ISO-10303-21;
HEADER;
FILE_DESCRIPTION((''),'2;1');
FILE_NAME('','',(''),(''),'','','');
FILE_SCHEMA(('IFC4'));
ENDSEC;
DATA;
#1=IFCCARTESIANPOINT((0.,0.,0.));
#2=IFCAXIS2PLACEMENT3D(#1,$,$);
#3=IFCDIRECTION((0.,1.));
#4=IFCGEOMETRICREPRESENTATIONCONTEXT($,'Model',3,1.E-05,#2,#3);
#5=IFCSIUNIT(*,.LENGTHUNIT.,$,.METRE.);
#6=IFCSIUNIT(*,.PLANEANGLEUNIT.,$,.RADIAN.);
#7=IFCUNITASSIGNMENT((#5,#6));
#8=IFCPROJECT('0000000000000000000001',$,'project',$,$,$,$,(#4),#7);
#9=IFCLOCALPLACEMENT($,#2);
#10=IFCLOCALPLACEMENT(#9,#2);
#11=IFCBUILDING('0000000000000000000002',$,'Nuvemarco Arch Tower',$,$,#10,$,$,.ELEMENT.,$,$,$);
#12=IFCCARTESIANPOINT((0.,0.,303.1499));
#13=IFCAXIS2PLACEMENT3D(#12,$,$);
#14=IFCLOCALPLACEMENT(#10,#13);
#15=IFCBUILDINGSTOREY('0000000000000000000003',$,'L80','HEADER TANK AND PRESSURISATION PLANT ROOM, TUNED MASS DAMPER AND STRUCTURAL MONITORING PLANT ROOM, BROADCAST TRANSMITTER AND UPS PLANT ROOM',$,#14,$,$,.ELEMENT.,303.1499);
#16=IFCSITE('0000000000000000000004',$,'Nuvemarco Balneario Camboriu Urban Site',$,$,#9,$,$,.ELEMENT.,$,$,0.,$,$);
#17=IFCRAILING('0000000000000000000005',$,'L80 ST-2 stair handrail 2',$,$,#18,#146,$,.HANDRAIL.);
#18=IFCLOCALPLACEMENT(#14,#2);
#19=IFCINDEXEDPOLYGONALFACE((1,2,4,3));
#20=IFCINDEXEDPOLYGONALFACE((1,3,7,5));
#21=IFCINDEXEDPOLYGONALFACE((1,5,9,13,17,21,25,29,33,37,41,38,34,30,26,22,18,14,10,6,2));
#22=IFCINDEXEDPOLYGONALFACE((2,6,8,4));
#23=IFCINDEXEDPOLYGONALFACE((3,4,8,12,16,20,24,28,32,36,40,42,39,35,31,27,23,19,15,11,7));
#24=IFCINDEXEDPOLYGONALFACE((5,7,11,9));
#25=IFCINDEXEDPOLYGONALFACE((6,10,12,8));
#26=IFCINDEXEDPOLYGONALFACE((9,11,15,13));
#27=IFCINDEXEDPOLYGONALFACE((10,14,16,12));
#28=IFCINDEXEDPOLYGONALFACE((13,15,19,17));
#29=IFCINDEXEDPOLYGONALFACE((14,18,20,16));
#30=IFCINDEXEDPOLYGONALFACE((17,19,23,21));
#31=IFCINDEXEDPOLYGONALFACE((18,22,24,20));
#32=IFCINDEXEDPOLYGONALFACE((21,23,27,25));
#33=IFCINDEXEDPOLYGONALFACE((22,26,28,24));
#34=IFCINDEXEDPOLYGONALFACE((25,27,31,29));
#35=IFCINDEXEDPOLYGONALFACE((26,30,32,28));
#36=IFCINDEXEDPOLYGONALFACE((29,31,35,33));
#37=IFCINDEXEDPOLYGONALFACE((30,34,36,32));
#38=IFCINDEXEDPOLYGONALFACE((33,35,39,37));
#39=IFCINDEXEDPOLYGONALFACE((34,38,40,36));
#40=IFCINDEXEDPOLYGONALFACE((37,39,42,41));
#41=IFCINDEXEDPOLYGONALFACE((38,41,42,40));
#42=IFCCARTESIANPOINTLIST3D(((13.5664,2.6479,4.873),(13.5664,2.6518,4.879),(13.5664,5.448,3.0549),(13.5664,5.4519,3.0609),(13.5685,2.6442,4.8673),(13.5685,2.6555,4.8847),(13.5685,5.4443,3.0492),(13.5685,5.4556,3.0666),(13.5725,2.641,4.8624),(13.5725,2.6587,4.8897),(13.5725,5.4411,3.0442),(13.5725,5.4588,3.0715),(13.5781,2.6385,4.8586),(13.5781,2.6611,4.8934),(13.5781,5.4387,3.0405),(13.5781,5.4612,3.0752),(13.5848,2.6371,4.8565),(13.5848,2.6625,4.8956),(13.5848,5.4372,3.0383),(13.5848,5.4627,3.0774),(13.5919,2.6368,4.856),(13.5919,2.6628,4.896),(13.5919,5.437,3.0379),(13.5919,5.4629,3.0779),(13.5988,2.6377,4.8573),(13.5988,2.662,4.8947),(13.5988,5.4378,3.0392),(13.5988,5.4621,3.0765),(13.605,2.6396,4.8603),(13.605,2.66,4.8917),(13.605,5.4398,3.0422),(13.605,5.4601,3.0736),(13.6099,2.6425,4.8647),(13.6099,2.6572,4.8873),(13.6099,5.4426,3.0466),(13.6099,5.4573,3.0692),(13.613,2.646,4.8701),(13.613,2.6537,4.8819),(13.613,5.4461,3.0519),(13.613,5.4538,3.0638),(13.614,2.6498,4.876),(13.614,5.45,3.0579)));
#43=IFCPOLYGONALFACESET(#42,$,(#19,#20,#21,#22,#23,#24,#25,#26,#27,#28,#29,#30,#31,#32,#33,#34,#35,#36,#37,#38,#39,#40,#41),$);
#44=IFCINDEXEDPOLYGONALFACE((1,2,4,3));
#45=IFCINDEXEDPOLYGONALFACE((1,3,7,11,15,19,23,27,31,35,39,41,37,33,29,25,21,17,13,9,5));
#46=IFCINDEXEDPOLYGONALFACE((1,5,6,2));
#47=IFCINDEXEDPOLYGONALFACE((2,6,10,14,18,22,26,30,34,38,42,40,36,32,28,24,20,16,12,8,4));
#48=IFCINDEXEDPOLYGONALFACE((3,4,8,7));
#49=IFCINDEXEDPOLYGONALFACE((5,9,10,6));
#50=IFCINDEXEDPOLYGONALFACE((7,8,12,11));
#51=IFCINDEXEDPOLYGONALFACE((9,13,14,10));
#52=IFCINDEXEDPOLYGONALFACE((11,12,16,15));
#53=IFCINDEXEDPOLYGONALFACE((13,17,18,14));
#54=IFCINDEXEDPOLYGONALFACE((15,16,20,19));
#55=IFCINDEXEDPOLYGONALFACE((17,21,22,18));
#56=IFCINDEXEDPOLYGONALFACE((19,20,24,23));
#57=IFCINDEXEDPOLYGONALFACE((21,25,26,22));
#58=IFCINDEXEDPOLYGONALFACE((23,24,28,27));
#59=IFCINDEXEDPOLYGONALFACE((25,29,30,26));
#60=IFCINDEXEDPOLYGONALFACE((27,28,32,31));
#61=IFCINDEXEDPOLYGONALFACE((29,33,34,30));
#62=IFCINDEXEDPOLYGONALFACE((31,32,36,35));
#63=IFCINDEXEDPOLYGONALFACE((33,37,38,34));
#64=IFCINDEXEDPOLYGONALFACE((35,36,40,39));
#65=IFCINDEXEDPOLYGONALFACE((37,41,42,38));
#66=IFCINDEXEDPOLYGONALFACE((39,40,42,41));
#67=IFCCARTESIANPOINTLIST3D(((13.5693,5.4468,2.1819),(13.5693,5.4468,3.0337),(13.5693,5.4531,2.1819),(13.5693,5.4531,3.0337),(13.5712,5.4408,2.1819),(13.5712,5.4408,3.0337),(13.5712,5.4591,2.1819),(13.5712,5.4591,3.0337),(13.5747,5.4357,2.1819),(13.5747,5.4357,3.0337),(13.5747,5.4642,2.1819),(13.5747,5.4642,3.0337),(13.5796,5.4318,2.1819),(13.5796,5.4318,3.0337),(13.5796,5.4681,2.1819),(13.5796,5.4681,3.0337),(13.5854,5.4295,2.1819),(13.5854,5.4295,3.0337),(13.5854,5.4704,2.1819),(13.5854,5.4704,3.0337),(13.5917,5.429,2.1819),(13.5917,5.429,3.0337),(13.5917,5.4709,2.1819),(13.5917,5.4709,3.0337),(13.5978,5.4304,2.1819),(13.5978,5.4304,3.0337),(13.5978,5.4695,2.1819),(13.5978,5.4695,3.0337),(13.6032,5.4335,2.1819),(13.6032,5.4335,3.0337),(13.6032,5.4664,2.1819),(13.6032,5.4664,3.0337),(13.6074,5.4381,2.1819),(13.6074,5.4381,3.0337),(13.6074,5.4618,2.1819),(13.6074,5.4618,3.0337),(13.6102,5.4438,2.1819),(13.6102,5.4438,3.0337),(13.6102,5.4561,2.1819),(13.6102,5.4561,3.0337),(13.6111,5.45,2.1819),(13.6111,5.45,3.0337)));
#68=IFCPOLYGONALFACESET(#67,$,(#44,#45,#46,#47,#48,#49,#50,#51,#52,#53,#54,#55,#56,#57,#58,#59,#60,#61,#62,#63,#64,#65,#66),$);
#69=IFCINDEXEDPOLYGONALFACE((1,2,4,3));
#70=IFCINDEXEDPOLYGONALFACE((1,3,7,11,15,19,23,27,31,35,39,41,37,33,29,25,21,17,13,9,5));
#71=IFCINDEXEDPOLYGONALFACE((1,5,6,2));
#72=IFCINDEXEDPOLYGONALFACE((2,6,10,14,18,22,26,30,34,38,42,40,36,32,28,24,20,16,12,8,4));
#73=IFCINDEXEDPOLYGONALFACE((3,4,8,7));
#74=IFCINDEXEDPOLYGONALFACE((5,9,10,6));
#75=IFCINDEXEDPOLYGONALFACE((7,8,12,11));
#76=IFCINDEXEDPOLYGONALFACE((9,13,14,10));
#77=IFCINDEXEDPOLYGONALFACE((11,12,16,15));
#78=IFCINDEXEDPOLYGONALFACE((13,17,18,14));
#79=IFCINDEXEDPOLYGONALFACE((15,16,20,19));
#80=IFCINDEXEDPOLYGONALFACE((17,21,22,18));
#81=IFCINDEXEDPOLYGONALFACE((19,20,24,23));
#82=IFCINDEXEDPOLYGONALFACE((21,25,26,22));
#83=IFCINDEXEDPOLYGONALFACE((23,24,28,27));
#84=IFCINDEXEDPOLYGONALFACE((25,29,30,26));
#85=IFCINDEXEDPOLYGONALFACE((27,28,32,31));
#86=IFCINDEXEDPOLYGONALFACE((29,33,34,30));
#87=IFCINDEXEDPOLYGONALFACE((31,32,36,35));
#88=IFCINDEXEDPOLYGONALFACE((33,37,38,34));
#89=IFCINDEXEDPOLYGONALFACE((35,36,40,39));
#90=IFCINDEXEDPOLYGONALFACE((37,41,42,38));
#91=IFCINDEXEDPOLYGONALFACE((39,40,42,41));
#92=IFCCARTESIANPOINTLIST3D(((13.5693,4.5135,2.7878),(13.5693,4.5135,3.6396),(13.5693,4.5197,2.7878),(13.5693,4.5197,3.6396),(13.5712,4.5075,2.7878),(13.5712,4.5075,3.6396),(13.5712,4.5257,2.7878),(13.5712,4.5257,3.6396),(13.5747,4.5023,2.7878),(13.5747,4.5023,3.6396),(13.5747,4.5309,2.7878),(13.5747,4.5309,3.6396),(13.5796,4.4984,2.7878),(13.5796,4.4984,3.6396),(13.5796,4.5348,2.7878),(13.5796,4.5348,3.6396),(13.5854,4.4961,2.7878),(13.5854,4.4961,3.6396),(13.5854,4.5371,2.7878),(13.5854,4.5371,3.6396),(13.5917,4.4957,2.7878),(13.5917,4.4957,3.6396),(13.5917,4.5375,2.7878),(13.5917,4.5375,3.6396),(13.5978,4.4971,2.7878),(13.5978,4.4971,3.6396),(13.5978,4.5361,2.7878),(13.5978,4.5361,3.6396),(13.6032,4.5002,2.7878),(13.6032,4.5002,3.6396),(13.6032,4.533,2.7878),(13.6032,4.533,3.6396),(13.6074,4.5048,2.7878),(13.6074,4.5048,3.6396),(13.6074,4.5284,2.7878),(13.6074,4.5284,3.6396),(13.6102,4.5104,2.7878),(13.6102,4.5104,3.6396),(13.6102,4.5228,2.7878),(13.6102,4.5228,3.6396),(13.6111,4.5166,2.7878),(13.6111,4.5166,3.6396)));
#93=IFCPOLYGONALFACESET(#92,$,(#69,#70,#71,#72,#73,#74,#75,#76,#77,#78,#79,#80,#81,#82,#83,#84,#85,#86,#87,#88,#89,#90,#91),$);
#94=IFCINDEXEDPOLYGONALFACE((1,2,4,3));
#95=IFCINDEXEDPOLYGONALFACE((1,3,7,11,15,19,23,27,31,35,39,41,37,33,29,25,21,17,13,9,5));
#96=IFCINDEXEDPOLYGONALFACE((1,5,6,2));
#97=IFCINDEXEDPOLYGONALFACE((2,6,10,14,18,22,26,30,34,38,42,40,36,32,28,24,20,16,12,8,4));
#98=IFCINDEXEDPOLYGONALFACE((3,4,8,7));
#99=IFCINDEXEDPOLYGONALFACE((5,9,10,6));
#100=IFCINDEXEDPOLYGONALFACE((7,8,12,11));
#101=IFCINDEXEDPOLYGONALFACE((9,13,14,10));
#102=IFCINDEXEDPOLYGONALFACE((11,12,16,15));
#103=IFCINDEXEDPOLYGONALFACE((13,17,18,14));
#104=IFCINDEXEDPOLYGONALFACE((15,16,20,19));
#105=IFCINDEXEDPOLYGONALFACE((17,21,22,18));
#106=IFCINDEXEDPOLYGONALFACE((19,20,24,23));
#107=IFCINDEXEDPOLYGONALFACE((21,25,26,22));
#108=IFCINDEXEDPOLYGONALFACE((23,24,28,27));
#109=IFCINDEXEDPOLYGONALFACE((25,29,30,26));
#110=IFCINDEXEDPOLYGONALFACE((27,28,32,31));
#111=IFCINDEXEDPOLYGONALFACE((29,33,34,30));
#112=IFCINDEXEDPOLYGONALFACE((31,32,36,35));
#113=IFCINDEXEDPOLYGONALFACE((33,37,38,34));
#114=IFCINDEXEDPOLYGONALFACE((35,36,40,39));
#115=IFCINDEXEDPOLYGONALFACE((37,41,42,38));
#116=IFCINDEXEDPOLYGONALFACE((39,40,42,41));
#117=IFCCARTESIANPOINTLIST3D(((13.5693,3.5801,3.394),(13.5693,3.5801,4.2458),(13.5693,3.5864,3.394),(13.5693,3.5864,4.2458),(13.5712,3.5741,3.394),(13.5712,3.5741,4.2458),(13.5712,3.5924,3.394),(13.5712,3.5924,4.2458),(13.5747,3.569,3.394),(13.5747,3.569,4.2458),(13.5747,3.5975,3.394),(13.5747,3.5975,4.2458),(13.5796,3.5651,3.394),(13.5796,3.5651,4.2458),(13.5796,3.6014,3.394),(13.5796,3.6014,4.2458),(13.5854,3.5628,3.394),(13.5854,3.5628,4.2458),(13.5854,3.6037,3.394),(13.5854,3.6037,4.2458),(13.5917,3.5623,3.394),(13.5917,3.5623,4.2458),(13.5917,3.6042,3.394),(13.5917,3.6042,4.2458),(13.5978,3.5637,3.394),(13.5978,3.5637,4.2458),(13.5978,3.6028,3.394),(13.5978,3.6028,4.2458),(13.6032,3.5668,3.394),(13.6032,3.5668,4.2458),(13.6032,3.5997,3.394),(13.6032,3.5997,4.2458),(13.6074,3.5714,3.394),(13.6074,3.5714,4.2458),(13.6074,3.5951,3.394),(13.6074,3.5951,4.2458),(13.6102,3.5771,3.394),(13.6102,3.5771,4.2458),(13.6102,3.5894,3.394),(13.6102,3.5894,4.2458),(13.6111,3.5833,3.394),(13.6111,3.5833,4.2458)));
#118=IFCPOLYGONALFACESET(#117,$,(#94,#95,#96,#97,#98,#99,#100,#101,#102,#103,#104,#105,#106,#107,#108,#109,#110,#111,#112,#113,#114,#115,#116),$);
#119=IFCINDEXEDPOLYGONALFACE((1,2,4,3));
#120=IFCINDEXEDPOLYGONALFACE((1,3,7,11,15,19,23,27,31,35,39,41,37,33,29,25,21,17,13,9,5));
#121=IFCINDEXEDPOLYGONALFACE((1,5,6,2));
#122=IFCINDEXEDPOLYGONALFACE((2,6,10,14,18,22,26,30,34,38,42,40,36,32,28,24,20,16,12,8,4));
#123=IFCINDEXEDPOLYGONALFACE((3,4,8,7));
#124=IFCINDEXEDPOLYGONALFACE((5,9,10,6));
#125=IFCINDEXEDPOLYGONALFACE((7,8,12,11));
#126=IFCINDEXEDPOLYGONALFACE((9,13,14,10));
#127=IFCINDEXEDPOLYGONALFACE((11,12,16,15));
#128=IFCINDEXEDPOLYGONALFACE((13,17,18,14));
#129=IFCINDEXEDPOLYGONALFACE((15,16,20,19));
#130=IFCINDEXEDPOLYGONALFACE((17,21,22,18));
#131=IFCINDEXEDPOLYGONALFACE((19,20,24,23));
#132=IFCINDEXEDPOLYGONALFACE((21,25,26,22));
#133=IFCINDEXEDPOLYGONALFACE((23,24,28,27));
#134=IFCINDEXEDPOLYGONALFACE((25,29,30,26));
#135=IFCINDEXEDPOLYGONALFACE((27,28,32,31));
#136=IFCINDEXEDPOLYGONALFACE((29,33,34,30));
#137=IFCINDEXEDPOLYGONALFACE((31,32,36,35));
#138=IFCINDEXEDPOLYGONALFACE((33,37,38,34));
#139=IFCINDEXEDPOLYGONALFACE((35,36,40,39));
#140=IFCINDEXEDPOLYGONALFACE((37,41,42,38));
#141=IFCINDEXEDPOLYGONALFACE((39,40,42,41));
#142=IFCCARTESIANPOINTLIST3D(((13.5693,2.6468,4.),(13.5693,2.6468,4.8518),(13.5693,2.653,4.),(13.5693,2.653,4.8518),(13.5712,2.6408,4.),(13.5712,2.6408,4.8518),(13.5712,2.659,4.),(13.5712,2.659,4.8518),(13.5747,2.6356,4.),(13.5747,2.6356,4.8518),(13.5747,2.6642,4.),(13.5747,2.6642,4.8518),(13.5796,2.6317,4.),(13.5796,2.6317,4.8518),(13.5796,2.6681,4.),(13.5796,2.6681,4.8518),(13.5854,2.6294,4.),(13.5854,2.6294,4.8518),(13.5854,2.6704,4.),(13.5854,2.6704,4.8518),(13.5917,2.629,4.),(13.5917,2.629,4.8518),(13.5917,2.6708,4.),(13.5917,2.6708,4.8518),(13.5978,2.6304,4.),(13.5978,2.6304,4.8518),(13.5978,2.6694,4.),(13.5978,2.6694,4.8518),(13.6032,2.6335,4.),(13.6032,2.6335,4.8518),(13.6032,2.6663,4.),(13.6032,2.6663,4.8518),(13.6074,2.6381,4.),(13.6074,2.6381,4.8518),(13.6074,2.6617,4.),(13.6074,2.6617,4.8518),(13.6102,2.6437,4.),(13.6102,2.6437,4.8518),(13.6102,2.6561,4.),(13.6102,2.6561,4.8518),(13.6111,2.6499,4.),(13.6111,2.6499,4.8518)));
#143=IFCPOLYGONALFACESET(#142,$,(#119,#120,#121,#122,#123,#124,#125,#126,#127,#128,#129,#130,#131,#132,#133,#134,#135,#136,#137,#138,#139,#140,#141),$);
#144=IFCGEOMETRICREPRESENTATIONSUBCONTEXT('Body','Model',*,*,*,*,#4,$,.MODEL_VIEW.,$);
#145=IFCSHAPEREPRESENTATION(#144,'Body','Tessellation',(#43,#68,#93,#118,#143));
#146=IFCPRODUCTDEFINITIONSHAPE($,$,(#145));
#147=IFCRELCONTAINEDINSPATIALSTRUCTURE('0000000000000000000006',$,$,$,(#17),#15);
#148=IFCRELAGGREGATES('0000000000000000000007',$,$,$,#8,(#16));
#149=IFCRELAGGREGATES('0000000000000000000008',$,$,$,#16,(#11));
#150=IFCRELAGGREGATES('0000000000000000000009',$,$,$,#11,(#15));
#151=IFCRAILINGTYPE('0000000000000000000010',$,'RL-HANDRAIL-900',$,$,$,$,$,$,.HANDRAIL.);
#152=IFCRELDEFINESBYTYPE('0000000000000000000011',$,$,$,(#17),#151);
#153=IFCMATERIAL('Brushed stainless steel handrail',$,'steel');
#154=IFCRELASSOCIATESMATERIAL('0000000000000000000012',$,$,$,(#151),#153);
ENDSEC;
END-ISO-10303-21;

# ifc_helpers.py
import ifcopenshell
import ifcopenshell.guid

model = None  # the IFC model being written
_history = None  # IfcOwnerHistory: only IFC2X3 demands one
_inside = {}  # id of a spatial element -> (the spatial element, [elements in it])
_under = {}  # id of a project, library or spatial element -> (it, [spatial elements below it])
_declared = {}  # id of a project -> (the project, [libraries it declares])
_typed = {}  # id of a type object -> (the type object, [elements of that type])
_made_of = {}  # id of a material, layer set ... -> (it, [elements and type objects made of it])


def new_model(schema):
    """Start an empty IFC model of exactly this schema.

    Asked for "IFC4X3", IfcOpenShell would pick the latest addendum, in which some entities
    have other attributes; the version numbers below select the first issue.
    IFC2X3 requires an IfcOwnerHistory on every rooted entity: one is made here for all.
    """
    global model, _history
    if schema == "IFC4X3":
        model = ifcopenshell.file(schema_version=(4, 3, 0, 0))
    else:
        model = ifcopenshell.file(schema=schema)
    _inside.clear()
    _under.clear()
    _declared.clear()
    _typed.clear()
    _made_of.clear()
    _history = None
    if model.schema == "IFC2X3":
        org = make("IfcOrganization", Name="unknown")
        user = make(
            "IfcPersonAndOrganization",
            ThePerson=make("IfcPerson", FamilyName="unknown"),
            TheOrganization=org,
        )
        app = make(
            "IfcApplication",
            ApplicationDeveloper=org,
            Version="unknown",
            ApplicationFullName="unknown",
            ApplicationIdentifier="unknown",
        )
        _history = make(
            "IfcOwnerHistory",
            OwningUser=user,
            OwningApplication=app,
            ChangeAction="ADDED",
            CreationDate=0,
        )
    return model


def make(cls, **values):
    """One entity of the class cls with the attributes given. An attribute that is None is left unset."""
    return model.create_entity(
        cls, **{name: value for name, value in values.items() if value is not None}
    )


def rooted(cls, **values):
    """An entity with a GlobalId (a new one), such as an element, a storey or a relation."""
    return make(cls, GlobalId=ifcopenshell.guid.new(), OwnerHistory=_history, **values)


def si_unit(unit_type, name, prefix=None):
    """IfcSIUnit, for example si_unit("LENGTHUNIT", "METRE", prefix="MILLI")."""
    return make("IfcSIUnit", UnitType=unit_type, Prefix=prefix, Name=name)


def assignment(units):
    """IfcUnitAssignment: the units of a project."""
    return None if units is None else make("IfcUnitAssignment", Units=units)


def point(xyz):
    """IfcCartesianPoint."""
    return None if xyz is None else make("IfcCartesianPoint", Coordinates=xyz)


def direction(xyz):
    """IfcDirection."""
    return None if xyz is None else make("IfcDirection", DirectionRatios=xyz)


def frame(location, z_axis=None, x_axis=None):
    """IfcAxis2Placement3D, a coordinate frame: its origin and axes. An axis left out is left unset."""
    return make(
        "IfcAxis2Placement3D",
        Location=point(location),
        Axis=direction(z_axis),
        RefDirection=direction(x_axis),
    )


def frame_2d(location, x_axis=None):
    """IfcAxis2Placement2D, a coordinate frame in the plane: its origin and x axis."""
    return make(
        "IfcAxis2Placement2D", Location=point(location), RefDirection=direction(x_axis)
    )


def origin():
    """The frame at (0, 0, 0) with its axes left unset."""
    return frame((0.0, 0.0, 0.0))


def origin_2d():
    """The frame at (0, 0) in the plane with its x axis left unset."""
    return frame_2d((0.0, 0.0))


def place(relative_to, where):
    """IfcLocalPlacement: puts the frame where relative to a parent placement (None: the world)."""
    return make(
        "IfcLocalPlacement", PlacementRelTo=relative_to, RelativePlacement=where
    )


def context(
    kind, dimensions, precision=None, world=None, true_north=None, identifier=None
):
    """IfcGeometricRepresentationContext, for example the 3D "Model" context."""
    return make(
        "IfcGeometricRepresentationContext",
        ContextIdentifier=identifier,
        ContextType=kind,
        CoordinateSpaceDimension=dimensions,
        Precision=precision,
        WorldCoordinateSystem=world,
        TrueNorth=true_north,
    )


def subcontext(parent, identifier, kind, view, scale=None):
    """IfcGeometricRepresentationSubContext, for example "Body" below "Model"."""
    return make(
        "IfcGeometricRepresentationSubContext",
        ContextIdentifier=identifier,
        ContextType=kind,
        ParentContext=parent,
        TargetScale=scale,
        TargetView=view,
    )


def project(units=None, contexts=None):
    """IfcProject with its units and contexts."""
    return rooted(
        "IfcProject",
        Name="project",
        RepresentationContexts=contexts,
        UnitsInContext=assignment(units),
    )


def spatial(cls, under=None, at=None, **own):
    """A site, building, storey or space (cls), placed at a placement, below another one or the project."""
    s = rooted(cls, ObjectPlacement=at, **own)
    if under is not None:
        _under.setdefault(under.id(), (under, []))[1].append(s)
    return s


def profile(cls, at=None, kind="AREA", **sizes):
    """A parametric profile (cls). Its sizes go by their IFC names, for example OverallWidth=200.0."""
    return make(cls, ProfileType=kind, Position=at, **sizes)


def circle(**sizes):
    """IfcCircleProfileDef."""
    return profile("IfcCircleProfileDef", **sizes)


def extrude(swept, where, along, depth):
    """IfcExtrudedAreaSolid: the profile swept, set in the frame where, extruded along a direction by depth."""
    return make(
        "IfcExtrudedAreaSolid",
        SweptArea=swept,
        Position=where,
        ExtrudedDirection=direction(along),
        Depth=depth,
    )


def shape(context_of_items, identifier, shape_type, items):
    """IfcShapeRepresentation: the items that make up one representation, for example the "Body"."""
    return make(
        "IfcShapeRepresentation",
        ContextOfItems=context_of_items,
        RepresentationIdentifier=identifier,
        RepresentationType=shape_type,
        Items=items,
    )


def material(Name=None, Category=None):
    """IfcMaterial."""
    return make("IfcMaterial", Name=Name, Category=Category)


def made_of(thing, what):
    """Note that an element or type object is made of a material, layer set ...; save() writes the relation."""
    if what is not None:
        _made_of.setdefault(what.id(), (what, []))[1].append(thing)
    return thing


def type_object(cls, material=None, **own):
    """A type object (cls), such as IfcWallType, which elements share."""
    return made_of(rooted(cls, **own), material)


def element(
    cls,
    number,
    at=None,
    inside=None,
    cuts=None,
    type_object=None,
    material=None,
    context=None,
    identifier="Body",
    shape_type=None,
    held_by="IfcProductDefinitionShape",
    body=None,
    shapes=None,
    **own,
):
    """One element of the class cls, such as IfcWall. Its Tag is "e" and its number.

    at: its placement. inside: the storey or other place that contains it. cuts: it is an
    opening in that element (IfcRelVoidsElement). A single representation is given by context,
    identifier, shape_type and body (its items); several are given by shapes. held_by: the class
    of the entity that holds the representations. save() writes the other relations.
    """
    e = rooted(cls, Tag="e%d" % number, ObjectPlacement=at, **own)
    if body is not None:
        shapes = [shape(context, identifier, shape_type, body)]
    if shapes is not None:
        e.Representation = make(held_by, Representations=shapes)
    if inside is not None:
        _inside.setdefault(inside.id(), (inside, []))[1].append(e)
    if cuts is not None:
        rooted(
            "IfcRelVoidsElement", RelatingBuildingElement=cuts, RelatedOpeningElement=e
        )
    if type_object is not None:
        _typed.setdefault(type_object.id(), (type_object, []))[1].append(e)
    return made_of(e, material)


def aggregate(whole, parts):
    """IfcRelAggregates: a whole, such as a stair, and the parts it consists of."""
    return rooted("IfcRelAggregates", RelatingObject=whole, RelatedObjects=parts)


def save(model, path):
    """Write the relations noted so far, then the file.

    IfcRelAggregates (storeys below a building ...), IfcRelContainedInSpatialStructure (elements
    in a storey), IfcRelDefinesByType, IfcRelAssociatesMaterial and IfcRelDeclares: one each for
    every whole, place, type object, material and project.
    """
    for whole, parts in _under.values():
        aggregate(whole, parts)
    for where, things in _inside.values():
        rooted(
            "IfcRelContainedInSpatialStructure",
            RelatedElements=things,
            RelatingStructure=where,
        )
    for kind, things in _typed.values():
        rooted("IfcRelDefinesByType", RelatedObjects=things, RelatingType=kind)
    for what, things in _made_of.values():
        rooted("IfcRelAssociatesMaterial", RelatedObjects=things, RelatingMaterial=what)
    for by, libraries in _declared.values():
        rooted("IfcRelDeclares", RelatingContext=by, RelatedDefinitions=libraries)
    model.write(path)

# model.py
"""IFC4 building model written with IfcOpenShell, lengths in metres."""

from ifc_helpers import new_model, si_unit, direction, frame, origin, origin_2d, place, context, subcontext, project, spatial, circle, extrude, material, type_object, element, save


model = new_model("IFC4")

# Units and contexts
model_context = context("Model", 3, precision=1e-05, world=origin(), true_north=direction((0.0, 1.0)))
body_context = subcontext(model_context, "Body", "Model", "MODEL_VIEW")
ifc_project = project(units=[si_unit("LENGTHUNIT", "METRE"), si_unit("PLANEANGLEUNIT", "RADIAN")], contexts=[model_context])

# Site, building, storey
site_placement = place(None, origin())
site = spatial("IfcSite", under=ifc_project, at=site_placement, Name="Nuvemarco Balneario Camboriu Urban Site", CompositionType="ELEMENT", RefElevation=0.0)
building_placement = place(site_placement, origin())
building = spatial("IfcBuilding", under=site, at=building_placement, Name="Nuvemarco Arch Tower", CompositionType="ELEMENT")
storey_placement = place(building_placement, frame((0.0, 0.0, 303.1499)))
storey = spatial("IfcBuildingStorey", under=building, at=storey_placement, Name="L80", Description="HEADER TANK AND PRESSURISATION PLANT ROOM, TUNED MASS DAMPER AND STRUCTURAL MONITORING PLANT ROOM, BROADCAST TRANSMITTER AND UPS PLANT ROOM", CompositionType="ELEMENT", Elevation=303.1499)

# Railing
ifc_material_1 = material(Name="Brushed stainless steel handrail", Category="steel")
railing_type_1 = type_object("IfcRailingType", Name="RL-HANDRAIL-900", PredefinedType="HANDRAIL", material=ifc_material_1)
railing_1_placement = place(storey_placement, frame((13.5901, 5.45, 2.1819)))
element("IfcRailing", 1, at=railing_1_placement, inside=storey, type_object=railing_type_1, Name="L80 ST-2 stair handrail 2", PredefinedType="HANDRAIL", context=body_context, shape_type="SweptSolid", body=[
    extrude(circle(Radius=0.0239, at=origin_2d()), frame((0.0, 0.0, 0.876), z_axis=(0.0, -0.838706, 0.544585), x_axis=(1.0, 0.0, 0.0)), (0.0, 0.0, 1.0), 3.3386),
    extrude(circle(Radius=0.021, at=origin_2d()), origin(), (0.0, 0.0, 1.0), 0.8518),
    extrude(circle(Radius=0.021, at=origin_2d()), frame((0.0, -0.9333, 0.606)), (0.0, 0.0, 1.0), 0.8518),
    extrude(circle(Radius=0.021, at=origin_2d()), frame((0.0, -1.8667, 1.2122)), (0.0, 0.0, 1.0), 0.8518),
    extrude(circle(Radius=0.021, at=origin_2d()), frame((0.0, -2.8, 1.8181)), (0.0, 0.0, 1.0), 0.8518),
])

save(model, "model.ifc")
